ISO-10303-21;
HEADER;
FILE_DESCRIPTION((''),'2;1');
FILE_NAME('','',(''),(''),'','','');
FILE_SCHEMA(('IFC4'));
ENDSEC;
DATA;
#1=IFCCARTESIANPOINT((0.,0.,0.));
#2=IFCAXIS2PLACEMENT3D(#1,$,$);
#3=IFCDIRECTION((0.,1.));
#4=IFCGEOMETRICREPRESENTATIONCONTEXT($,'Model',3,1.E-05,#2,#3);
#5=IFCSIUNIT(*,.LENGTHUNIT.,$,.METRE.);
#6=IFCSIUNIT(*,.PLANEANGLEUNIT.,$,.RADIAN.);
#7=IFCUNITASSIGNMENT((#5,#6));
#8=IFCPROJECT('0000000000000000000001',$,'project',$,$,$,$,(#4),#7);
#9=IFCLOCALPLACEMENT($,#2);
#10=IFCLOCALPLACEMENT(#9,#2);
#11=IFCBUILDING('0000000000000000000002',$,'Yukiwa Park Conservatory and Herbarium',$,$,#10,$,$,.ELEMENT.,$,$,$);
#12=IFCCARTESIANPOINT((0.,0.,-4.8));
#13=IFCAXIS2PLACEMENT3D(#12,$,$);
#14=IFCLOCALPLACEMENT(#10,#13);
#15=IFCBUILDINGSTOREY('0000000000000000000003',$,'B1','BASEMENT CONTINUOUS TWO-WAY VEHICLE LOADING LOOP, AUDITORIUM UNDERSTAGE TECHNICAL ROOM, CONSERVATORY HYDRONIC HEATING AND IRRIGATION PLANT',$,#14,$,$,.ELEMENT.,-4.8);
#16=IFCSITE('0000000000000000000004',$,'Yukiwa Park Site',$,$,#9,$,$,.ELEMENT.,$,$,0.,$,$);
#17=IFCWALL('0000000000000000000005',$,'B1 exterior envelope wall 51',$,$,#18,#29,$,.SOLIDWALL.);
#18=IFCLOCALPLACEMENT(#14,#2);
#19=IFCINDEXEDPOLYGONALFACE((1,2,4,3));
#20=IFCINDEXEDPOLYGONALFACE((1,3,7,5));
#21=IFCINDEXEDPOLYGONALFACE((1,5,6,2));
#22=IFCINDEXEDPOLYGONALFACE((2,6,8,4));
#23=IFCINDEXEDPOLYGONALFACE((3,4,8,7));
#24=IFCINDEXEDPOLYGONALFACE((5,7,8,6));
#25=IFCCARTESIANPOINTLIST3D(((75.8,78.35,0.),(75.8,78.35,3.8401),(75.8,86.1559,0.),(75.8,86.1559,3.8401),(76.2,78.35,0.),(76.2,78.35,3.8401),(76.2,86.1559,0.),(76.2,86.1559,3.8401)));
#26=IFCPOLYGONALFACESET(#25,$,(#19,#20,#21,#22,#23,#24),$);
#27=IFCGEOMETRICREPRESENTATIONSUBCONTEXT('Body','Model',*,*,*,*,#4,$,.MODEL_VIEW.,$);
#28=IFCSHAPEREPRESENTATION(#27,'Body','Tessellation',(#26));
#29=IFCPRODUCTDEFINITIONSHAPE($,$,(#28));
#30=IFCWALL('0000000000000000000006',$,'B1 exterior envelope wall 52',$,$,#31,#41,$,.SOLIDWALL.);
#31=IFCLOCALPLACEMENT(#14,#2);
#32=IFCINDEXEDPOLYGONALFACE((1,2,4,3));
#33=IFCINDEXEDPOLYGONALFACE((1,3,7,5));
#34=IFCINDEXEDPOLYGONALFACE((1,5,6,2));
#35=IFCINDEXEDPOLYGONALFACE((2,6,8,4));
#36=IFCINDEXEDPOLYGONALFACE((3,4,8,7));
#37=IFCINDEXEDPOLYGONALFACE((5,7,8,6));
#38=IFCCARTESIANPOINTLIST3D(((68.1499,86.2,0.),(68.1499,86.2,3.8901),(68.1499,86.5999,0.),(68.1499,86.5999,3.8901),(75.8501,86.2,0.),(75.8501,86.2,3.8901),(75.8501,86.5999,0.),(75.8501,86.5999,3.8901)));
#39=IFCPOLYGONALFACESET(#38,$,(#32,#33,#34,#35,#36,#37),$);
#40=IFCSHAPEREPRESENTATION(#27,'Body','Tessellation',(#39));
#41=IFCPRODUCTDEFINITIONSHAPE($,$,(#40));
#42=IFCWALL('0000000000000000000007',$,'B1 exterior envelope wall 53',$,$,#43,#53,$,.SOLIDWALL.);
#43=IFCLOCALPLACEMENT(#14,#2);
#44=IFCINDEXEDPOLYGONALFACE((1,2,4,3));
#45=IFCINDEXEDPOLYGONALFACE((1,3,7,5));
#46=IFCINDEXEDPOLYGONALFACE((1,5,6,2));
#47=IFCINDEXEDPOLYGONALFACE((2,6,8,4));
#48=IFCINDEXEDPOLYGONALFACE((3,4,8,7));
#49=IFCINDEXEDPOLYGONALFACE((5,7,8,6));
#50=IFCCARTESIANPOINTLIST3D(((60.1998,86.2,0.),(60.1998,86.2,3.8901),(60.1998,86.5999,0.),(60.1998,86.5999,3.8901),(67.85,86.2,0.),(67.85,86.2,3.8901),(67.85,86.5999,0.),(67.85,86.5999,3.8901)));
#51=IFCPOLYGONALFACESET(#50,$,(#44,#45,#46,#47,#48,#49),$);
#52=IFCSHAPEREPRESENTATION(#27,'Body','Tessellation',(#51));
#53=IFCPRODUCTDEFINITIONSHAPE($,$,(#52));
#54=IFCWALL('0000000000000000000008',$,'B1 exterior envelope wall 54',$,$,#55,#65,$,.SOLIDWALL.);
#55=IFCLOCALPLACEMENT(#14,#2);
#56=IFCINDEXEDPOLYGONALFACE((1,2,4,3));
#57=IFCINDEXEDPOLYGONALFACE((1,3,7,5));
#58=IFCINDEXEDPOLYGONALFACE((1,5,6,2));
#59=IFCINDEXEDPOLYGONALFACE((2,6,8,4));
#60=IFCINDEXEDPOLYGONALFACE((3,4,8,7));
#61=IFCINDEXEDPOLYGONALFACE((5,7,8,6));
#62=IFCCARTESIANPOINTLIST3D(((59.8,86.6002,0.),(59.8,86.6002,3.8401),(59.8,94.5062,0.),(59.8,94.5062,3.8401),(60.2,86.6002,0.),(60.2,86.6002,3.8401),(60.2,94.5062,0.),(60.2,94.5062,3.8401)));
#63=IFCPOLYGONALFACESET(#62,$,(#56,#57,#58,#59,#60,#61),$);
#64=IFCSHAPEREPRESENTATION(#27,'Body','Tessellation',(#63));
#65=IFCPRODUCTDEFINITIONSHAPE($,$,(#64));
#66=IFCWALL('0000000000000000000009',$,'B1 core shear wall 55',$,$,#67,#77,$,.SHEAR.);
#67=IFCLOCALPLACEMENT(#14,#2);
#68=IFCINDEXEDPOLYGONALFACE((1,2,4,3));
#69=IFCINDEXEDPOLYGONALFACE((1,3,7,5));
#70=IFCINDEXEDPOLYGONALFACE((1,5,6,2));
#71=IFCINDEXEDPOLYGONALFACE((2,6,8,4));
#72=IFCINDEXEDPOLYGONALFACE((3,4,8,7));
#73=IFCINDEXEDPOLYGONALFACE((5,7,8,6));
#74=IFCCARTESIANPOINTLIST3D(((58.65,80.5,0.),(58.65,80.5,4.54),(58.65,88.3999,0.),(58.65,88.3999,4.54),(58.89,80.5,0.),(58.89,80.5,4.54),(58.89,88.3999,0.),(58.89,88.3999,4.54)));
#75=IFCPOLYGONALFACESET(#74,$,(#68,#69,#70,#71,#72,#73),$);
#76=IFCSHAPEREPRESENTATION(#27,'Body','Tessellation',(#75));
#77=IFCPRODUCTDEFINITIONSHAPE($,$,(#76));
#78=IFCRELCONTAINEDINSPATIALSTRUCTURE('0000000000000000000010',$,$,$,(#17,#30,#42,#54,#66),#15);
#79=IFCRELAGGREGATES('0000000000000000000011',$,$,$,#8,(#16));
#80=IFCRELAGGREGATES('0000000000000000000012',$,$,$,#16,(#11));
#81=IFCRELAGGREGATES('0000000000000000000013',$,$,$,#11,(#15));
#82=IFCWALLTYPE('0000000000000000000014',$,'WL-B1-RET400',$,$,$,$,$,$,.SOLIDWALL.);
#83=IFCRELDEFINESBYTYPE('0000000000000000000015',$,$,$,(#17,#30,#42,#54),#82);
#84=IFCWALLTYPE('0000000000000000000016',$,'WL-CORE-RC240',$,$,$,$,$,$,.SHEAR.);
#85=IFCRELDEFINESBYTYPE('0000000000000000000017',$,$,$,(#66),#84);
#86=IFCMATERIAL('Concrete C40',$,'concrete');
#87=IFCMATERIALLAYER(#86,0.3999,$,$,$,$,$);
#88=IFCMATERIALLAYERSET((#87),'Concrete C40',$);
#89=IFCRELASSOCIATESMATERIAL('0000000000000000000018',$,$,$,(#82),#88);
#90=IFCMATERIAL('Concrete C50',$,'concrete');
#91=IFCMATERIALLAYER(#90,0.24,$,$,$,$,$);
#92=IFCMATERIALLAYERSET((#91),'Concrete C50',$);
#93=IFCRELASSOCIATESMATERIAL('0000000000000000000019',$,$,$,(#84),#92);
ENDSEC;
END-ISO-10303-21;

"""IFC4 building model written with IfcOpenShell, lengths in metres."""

from ifc_helpers import new_model, si_unit, direction, frame, frame_2d, origin, place, context, subcontext, project, spatial, rectangle, extrude, material, layer, layer_set, type_object, element, save


model = new_model("IFC4")

# Units and contexts
model_context = context("Model", 3, precision=1e-05, world=origin(), true_north=direction((0.0, 1.0)))
body_context = subcontext(model_context, "Body", "Model", "MODEL_VIEW")
ifc_project = project(units=[si_unit("LENGTHUNIT", "METRE"), si_unit("PLANEANGLEUNIT", "RADIAN")], contexts=[model_context])

# Site, building, storey
site_placement = place(None, origin())
site = spatial("IfcSite", under=ifc_project, at=site_placement, Name="Yukiwa Park Site", CompositionType="ELEMENT", RefElevation=0.0)
building_placement = place(site_placement, origin())
building = spatial("IfcBuilding", under=site, at=building_placement, Name="Yukiwa Park Conservatory and Herbarium", CompositionType="ELEMENT")
storey_placement = place(building_placement, frame((0.0, 0.0, -4.8)))
storey = spatial("IfcBuildingStorey", under=building, at=storey_placement, Name="B1", Description="BASEMENT CONTINUOUS TWO-WAY VEHICLE LOADING LOOP, AUDITORIUM UNDERSTAGE TECHNICAL ROOM, CONSERVATORY HYDRONIC HEATING AND IRRIGATION PLANT", CompositionType="ELEMENT", Elevation=-4.8)

# Walls
ifc_material_1 = material(Name="Concrete C40", Category="concrete")
ifc_layer_1 = layer(ifc_material_1, 0.3999)
ifc_layer_set_1 = layer_set([ifc_layer_1], Name="Concrete C40")
wall_type_1 = type_object("IfcWallType", Name="WL-B1-RET400", PredefinedType="SOLIDWALL", material=ifc_layer_set_1)
wall_1_placement = place(storey_placement, frame((76.0, 78.3501, 0.0), z_axis=(0.0, 0.0, 1.0), x_axis=(0.0, 1.0, 0.0)))
element("IfcWall", 1, at=wall_1_placement, inside=storey, type_object=wall_type_1, Name="B1 exterior envelope wall 51", PredefinedType="SOLIDWALL", context=body_context, shape_type="SweptSolid", body=[
    extrude(rectangle(XDim=7.8059, YDim=0.3999, at=frame_2d((3.9028, 0.0))), origin(), (0.0, 0.0, 1.0), 3.8401),
])
wall_2_placement = place(storey_placement, frame((75.8501, 86.3999, 0.0), z_axis=(0.0, 0.0, 1.0), x_axis=(-1.0, 0.0, 0.0)))
element("IfcWall", 2, at=wall_2_placement, inside=storey, type_object=wall_type_1, Name="B1 exterior envelope wall 52", PredefinedType="SOLIDWALL", context=body_context, shape_type="SweptSolid", body=[
    extrude(rectangle(XDim=7.7002, YDim=0.3999, at=frame_2d((3.8501, 0.0))), origin(), (0.0, 0.0, 1.0), 3.8901),
])
wall_3_placement = place(storey_placement, frame((67.8501, 86.3999, 0.0), z_axis=(0.0, 0.0, 1.0), x_axis=(-1.0, 0.0, 0.0)))
element("IfcWall", 3, at=wall_3_placement, inside=storey, type_object=wall_type_1, Name="B1 exterior envelope wall 53", PredefinedType="SOLIDWALL", context=body_context, shape_type="SweptSolid", body=[
    extrude(rectangle(XDim=7.6501, YDim=0.3999, at=frame_2d((3.8252, 0.0))), origin(), (0.0, 0.0, 1.0), 3.8901),
])
wall_4_placement = place(storey_placement, frame((60.0, 86.6001, 0.0), z_axis=(0.0, 0.0, 1.0), x_axis=(0.0, 1.0, 0.0)))
element("IfcWall", 4, at=wall_4_placement, inside=storey, type_object=wall_type_1, Name="B1 exterior envelope wall 54", PredefinedType="SOLIDWALL", context=body_context, shape_type="SweptSolid", body=[
    extrude(rectangle(XDim=7.906, YDim=0.3999, at=frame_2d((3.9531, 0.0))), origin(), (0.0, 0.0, 1.0), 3.8401),
])
ifc_material_2 = material(Name="Concrete C50", Category="concrete")
ifc_layer_2 = layer(ifc_material_2, 0.24)
ifc_layer_set_2 = layer_set([ifc_layer_2], Name="Concrete C50")
wall_type_2 = type_object("IfcWallType", Name="WL-CORE-RC240", PredefinedType="SHEAR", material=ifc_layer_set_2)
wall_5_placement = place(storey_placement, frame((58.77, 80.5, 0.0), z_axis=(0.0, 0.0, 1.0), x_axis=(0.0, 1.0, 0.0)))
element("IfcWall", 5, at=wall_5_placement, inside=storey, type_object=wall_type_2, Name="B1 core shear wall 55", PredefinedType="SHEAR", context=body_context, shape_type="SweptSolid", body=[
    extrude(rectangle(XDim=7.8999, YDim=0.24, at=frame_2d((3.95, 0.0))), origin(), (0.0, 0.0, 1.0), 4.54),
])

save(model, "model.ifc")
